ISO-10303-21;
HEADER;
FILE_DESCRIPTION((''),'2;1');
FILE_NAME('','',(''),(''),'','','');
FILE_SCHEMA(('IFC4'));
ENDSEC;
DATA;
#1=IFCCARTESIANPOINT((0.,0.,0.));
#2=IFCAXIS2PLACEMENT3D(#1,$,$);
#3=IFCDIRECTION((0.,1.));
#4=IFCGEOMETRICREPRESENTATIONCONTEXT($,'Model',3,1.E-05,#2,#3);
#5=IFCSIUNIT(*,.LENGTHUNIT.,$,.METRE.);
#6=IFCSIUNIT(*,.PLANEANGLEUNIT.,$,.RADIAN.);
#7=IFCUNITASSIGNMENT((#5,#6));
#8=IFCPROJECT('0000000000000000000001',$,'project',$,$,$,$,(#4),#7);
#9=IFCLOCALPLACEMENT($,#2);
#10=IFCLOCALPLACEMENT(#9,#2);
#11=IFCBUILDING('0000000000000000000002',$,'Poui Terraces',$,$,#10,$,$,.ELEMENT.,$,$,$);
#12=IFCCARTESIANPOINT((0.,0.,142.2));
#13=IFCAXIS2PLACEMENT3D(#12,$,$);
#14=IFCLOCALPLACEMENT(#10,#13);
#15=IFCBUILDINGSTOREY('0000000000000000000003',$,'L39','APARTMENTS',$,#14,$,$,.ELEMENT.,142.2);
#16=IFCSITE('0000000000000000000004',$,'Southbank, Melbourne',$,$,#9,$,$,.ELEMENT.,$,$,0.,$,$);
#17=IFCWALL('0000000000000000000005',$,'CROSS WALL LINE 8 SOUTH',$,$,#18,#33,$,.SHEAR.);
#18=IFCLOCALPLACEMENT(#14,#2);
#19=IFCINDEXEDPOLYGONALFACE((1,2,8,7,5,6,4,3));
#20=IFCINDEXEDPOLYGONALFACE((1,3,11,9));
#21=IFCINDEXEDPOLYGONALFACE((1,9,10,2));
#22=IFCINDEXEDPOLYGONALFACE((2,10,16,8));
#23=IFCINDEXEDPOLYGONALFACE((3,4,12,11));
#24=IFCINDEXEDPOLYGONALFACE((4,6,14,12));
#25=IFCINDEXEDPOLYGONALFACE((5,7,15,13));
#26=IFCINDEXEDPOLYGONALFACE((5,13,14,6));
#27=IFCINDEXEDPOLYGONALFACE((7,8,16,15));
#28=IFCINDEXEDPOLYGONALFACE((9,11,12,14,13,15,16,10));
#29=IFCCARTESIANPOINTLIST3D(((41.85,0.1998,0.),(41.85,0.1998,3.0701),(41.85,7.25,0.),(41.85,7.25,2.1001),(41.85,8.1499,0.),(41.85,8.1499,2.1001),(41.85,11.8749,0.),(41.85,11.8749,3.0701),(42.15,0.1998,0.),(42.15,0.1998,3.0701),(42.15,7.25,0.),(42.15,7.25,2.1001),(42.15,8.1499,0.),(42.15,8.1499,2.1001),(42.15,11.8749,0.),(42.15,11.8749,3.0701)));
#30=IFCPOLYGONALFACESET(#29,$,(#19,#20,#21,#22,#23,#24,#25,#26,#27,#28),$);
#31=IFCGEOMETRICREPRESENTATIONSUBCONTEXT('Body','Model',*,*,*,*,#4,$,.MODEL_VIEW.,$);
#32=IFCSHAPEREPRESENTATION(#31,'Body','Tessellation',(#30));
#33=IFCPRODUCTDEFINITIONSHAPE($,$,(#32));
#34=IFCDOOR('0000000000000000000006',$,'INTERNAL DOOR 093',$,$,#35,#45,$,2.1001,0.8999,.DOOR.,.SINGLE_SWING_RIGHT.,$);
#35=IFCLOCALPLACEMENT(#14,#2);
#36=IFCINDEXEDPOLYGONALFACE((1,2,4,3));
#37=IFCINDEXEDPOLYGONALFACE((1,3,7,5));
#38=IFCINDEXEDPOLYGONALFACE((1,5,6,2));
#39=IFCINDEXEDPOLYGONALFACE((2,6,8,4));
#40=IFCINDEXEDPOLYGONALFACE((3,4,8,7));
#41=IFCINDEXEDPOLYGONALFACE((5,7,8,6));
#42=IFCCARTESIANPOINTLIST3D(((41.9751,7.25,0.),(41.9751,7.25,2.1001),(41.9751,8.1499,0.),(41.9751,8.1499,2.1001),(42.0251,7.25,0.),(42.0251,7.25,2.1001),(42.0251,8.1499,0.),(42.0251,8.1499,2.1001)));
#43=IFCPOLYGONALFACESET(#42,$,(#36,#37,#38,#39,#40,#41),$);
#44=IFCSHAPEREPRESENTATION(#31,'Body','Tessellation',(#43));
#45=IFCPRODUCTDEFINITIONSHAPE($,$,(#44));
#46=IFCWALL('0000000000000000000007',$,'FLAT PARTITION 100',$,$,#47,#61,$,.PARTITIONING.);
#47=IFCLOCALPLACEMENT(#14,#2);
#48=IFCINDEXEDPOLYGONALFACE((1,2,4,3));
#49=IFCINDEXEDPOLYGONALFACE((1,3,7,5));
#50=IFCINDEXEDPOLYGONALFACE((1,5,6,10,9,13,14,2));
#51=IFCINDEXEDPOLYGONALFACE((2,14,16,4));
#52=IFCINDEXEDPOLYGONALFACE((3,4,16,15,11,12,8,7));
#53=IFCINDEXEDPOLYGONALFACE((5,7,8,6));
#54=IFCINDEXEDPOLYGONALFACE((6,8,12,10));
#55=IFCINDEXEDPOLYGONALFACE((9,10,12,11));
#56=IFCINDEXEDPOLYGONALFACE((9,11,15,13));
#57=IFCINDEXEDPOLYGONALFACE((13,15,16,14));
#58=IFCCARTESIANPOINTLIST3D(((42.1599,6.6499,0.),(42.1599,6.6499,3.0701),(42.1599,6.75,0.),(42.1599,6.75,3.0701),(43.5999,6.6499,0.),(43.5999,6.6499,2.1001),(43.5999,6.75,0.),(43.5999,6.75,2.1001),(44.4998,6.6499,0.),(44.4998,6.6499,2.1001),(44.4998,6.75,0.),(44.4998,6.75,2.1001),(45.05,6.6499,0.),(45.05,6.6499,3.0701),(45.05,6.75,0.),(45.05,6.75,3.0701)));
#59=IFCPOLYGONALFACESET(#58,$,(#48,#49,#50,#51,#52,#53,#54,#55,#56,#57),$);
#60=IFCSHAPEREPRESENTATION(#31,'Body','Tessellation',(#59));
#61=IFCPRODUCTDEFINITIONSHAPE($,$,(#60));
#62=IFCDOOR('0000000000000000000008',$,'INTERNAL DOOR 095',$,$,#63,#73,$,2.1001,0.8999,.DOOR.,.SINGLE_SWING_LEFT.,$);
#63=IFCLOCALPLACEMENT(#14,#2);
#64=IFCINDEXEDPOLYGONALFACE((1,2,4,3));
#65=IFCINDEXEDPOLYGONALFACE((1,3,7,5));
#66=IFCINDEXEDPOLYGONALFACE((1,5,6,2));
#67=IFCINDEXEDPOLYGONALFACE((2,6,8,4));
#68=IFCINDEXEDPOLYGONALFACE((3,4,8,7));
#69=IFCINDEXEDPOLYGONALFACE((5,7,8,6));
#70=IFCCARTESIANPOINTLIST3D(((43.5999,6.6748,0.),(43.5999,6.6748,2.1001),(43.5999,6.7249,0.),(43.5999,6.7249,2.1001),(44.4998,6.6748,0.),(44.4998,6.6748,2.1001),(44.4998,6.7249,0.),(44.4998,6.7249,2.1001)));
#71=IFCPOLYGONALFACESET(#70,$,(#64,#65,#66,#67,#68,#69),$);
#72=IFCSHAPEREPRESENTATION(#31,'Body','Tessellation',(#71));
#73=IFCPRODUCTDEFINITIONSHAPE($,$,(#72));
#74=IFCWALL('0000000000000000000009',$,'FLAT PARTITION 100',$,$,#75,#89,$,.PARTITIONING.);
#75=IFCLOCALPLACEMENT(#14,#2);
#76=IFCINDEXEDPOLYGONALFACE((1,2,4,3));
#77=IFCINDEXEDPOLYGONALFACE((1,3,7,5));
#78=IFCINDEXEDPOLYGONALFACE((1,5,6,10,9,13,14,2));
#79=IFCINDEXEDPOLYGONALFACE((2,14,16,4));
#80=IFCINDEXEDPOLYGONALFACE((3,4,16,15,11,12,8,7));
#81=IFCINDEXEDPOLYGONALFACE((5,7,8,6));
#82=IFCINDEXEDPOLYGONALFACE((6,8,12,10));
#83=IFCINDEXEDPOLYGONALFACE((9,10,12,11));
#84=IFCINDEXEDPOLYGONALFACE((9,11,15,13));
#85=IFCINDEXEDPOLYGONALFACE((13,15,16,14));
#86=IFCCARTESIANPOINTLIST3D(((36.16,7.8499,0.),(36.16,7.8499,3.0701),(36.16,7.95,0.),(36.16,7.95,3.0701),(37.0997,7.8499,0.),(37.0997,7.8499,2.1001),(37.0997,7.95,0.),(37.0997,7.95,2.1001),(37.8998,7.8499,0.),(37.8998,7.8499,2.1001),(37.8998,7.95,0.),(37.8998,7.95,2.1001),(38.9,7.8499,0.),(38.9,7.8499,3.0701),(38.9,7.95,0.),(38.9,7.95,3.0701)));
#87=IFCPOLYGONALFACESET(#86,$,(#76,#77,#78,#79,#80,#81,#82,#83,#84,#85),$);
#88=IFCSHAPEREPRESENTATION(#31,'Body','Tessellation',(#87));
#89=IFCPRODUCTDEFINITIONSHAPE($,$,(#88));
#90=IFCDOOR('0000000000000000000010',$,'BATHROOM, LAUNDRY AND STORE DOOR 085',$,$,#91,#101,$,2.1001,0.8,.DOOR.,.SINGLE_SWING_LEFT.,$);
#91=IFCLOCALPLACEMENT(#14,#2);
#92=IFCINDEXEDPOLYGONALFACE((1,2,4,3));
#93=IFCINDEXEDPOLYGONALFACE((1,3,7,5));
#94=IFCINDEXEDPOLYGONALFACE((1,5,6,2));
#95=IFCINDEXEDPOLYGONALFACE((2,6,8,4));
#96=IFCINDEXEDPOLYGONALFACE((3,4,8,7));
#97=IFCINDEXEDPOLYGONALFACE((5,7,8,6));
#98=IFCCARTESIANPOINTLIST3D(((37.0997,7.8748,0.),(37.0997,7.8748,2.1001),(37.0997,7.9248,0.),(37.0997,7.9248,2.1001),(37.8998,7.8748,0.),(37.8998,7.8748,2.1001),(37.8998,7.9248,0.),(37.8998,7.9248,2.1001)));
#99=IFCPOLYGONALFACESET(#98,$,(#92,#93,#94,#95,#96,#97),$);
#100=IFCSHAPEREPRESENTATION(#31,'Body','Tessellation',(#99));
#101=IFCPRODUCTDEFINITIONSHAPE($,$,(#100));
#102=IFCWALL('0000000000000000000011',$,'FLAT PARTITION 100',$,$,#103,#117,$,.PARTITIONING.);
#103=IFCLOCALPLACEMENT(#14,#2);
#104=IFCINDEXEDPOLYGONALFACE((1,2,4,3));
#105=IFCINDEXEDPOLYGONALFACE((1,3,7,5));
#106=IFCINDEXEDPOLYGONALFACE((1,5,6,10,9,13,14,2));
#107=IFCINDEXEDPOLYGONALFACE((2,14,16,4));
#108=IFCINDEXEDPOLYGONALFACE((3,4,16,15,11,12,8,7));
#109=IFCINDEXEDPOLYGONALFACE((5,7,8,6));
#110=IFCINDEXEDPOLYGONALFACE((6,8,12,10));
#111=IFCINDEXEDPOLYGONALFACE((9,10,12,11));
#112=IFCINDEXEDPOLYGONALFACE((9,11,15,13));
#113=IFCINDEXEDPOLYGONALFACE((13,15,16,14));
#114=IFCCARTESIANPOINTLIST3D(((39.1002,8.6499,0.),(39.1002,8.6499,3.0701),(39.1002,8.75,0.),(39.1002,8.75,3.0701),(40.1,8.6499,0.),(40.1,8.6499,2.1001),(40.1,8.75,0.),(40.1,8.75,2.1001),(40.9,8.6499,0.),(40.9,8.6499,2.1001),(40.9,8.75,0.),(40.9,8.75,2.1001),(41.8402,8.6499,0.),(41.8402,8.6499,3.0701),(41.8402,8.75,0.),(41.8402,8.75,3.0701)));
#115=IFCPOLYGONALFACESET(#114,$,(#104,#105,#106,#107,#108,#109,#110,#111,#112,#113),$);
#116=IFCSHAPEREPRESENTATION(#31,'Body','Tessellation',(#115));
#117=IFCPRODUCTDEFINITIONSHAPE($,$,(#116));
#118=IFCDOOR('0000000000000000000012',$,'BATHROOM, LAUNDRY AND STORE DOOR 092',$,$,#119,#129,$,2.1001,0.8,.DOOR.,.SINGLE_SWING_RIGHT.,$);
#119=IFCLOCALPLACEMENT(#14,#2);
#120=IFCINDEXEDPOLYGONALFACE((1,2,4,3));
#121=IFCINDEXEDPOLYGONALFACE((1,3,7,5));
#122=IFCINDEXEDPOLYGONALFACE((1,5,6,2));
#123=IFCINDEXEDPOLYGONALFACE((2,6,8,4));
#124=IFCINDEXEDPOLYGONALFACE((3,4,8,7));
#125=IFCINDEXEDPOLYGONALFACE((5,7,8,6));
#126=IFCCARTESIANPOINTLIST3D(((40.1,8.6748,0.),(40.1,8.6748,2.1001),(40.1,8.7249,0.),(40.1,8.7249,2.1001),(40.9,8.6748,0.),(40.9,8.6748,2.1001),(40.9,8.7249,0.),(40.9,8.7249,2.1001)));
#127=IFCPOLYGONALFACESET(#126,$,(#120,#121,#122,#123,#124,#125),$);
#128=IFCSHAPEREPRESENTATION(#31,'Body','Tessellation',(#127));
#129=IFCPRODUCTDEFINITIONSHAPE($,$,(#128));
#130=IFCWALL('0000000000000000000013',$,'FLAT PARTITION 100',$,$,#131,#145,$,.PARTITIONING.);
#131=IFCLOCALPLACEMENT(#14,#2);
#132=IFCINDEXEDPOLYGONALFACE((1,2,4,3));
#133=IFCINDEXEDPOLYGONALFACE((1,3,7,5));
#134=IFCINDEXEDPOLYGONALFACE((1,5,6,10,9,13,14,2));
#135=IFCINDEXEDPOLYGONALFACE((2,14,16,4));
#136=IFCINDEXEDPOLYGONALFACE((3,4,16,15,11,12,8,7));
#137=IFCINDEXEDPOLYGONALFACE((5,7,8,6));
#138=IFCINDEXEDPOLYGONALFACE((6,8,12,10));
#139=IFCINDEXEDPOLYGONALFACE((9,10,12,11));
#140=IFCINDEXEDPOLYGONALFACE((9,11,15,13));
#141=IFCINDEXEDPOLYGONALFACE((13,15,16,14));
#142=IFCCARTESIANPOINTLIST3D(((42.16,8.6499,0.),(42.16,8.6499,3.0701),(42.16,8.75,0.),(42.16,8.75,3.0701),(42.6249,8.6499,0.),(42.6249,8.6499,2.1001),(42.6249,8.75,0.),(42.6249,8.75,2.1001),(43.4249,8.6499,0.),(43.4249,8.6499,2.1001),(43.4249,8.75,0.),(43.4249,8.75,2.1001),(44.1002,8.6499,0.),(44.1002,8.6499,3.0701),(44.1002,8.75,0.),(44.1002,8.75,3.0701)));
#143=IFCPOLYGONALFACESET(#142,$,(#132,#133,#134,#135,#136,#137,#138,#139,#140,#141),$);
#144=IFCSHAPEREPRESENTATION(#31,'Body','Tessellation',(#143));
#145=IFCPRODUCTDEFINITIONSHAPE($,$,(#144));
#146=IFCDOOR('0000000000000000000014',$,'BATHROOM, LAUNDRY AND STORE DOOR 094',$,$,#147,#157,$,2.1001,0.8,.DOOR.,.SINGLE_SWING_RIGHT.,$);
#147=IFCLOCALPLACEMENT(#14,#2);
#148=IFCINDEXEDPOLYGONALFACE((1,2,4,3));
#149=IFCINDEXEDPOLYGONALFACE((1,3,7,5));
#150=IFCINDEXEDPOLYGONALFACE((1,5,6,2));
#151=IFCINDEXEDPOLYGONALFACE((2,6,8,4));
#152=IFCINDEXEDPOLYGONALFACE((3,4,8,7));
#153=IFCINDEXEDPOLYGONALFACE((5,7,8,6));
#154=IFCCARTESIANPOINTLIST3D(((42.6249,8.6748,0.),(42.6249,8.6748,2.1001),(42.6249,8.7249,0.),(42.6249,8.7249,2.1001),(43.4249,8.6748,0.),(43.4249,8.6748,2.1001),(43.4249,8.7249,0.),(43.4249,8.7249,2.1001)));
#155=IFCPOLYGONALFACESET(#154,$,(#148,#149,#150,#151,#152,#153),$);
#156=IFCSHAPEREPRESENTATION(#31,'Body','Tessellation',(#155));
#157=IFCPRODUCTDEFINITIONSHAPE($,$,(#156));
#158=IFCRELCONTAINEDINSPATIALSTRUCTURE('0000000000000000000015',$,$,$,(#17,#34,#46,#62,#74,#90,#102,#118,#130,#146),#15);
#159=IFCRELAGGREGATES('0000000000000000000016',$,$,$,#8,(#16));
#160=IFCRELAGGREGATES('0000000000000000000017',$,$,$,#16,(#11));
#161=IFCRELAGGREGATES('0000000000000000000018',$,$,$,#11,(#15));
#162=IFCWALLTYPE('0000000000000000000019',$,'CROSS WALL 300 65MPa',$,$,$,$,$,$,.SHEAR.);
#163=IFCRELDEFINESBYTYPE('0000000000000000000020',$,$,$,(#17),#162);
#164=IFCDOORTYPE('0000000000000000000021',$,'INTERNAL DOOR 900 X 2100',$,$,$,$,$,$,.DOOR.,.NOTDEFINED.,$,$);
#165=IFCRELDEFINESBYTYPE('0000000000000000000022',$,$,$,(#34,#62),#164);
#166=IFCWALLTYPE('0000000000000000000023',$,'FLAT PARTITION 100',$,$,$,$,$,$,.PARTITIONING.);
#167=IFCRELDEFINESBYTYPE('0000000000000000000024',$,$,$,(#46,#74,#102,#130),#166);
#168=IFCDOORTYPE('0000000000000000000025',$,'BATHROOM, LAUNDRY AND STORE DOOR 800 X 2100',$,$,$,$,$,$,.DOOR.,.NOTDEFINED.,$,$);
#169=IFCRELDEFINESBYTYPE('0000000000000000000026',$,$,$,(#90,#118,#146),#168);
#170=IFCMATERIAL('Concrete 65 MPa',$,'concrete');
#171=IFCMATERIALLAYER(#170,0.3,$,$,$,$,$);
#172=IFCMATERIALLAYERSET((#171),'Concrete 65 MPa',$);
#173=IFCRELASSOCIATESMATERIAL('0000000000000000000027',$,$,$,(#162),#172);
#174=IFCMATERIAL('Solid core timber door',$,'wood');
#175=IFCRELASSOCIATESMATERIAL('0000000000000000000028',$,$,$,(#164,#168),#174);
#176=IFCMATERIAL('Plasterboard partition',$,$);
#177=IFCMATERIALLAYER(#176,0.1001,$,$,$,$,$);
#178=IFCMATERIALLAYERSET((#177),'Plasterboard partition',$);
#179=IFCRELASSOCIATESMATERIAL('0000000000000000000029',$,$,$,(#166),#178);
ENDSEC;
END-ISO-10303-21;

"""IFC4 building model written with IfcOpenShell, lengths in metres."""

from ifc_helpers import new_model, si_unit, direction, frame, frame_2d, origin, place, context, subcontext, project, spatial, rectangle, extrude, material, layer, layer_set, type_object, element, fill, save


model = new_model("IFC4")

# Units and contexts
model_context = context("Model", 3, precision=1e-05, world=origin(), true_north=direction((0.0, 1.0)))
body_context = subcontext(model_context, "Body", "Model", "MODEL_VIEW")
ifc_project = project(units=[si_unit("LENGTHUNIT", "METRE"), si_unit("PLANEANGLEUNIT", "RADIAN")], contexts=[model_context])

# Site, building, storey
site_placement = place(None, origin())
site = spatial("IfcSite", under=ifc_project, at=site_placement, Name="Southbank, Melbourne", CompositionType="ELEMENT", RefElevation=0.0)
building_placement = place(site_placement, origin())
building = spatial("IfcBuilding", under=site, at=building_placement, Name="Poui Terraces", CompositionType="ELEMENT")
storey_placement = place(building_placement, frame((0.0, 0.0, 142.2)))
storey = spatial("IfcBuildingStorey", under=building, at=storey_placement, Name="L39", Description="APARTMENTS", CompositionType="ELEMENT", Elevation=142.2)

# Walls, openings, doors
ifc_material_1 = material(Name="Concrete 65 MPa", Category="concrete")
ifc_layer_1 = layer(ifc_material_1, 0.3)
ifc_layer_set_1 = layer_set([ifc_layer_1], Name="Concrete 65 MPa")
wall_type_1 = type_object("IfcWallType", Name="CROSS WALL 300 65MPa", PredefinedType="SHEAR", material=ifc_layer_set_1)
wall_1_placement = place(storey_placement, frame((42.0, 0.2, 0.0), z_axis=(0.0, 0.0, 1.0), x_axis=(0.0, 1.0, 0.0)))
wall_1 = element("IfcWall", 1, at=wall_1_placement, inside=storey, type_object=wall_type_1, Name="CROSS WALL LINE 8 SOUTH", PredefinedType="SHEAR", context=body_context, shape_type="SweptSolid", body=[
    extrude(rectangle(XDim=11.675, YDim=0.3, at=frame_2d((5.8374, 0.0))), origin(), (0.0, 0.0, 1.0), 3.0701),
])
opening_1_placement = place(wall_1_placement, frame((7.05, 0.0, 0.0)))
opening_1 = element("IfcOpeningElement", 2, at=opening_1_placement, cuts=wall_1, PredefinedType="OPENING", context=body_context, shape_type="SweptSolid", body=[
    extrude(rectangle(XDim=0.8999, YDim=2.1001, at=frame_2d((0.45, 1.05))), frame((0.0, 0.1602, 0.0), z_axis=(0.0, -1.0, 0.0), x_axis=(1.0, 0.0, 0.0)), (0.0, 0.0, 1.0), 0.3201),
])
ifc_material_2 = material(Name="Solid core timber door", Category="wood")
door_type_1 = type_object("IfcDoorType", Name="INTERNAL DOOR 900 X 2100", OperationType="NOTDEFINED", PredefinedType="DOOR", material=ifc_material_2)
door_1_placement = place(opening_1_placement, origin())
door_1 = element("IfcDoor", 3, at=door_1_placement, inside=storey, type_object=door_type_1, Name="INTERNAL DOOR 093", OperationType="SINGLE_SWING_RIGHT", OverallHeight=2.1001, OverallWidth=0.8999, PredefinedType="DOOR", context=body_context, shape_type="SweptSolid", body=[
    extrude(rectangle(XDim=0.8999, YDim=2.1001, at=frame_2d((0.45, 1.05))), frame((0.0, 0.0249, 0.0), z_axis=(0.0, -1.0, 0.0), x_axis=(1.0, 0.0, 0.0)), (0.0, 0.0, 1.0), 0.05),
])
fill(opening_1, door_1)
ifc_material_3 = material(Name="Plasterboard partition")
ifc_layer_2 = layer(ifc_material_3, 0.1001)
ifc_layer_set_2 = layer_set([ifc_layer_2], Name="Plasterboard partition")
wall_type_2 = type_object("IfcWallType", Name="FLAT PARTITION 100", PredefinedType="PARTITIONING", material=ifc_layer_set_2)
wall_2_placement = place(storey_placement, frame((42.1599, 6.7, 0.0), z_axis=(0.0, 0.0, 1.0), x_axis=(1.0, 0.0, 0.0)))
wall_2 = element("IfcWall", 4, at=wall_2_placement, inside=storey, type_object=wall_type_2, Name="FLAT PARTITION 100", PredefinedType="PARTITIONING", context=body_context, shape_type="SweptSolid", body=[
    extrude(rectangle(XDim=2.8901, YDim=0.1001, at=frame_2d((1.4451, 0.0))), origin(), (0.0, 0.0, 1.0), 3.0701),
])
opening_2_placement = place(wall_2_placement, frame((1.4399, 0.0, 0.0)))
opening_2 = element("IfcOpeningElement", 5, at=opening_2_placement, cuts=wall_2, PredefinedType="OPENING", context=body_context, shape_type="SweptSolid", body=[
    extrude(rectangle(XDim=0.8999, YDim=2.1001, at=frame_2d((0.45, 1.05))), frame((0.0, 0.0601, 0.0), z_axis=(0.0, -1.0, 0.0), x_axis=(1.0, 0.0, 0.0)), (0.0, 0.0, 1.0), 0.1201),
])
door_2_placement = place(opening_2_placement, origin())
door_2 = element("IfcDoor", 6, at=door_2_placement, inside=storey, type_object=door_type_1, Name="INTERNAL DOOR 095", OperationType="SINGLE_SWING_LEFT", OverallHeight=2.1001, OverallWidth=0.8999, PredefinedType="DOOR", context=body_context, shape_type="SweptSolid", body=[
    extrude(rectangle(XDim=0.8999, YDim=2.1001, at=frame_2d((0.45, 1.05))), frame((0.0, 0.0249, 0.0), z_axis=(0.0, -1.0, 0.0), x_axis=(1.0, 0.0, 0.0)), (0.0, 0.0, 1.0), 0.05),
])
fill(opening_2, door_2)
wall_3_placement = place(storey_placement, frame((36.1599, 7.8999, 0.0), z_axis=(0.0, 0.0, 1.0), x_axis=(1.0, 0.0, 0.0)))
wall_3 = element("IfcWall", 7, at=wall_3_placement, inside=storey, type_object=wall_type_2, Name="FLAT PARTITION 100", PredefinedType="PARTITIONING", context=body_context, shape_type="SweptSolid", body=[
    extrude(rectangle(XDim=2.74, YDim=0.1001, at=frame_2d((1.3701, 0.0))), origin(), (0.0, 0.0, 1.0), 3.0701),
])
opening_3_placement = place(wall_3_placement, frame((0.9399, 0.0, 0.0)))
opening_3 = element("IfcOpeningElement", 8, at=opening_3_placement, cuts=wall_3, PredefinedType="OPENING", context=body_context, shape_type="SweptSolid", body=[
    extrude(rectangle(XDim=0.8, YDim=2.1001, at=frame_2d((0.3999, 1.05))), frame((0.0, 0.0601, 0.0), z_axis=(0.0, -1.0, 0.0), x_axis=(1.0, 0.0, 0.0)), (0.0, 0.0, 1.0), 0.1201),
])
door_type_2 = type_object("IfcDoorType", Name="BATHROOM, LAUNDRY AND STORE DOOR 800 X 2100", OperationType="NOTDEFINED", PredefinedType="DOOR", material=ifc_material_2)
door_3_placement = place(opening_3_placement, origin())
door_3 = element("IfcDoor", 9, at=door_3_placement, inside=storey, type_object=door_type_2, Name="BATHROOM, LAUNDRY AND STORE DOOR 085", OperationType="SINGLE_SWING_LEFT", OverallHeight=2.1001, OverallWidth=0.8, PredefinedType="DOOR", context=body_context, shape_type="SweptSolid", body=[
    extrude(rectangle(XDim=0.8, YDim=2.1001, at=frame_2d((0.3999, 1.05))), frame((0.0, 0.0249, 0.0), z_axis=(0.0, -1.0, 0.0), x_axis=(1.0, 0.0, 0.0)), (0.0, 0.0, 1.0), 0.05),
])
fill(opening_3, door_3)
wall_4_placement = place(storey_placement, frame((39.1001, 8.7, 0.0), z_axis=(0.0, 0.0, 1.0), x_axis=(1.0, 0.0, 0.0)))
wall_4 = element("IfcWall", 10, at=wall_4_placement, inside=storey, type_object=wall_type_2, Name="FLAT PARTITION 100", PredefinedType="PARTITIONING", context=body_context, shape_type="SweptSolid", body=[
    extrude(rectangle(XDim=2.74, YDim=0.1001, at=frame_2d((1.3701, 0.0))), origin(), (0.0, 0.0, 1.0), 3.0701),
])
opening_4_placement = place(wall_4_placement, frame((1.0, 0.0, 0.0)))
opening_4 = element("IfcOpeningElement", 11, at=opening_4_placement, cuts=wall_4, PredefinedType="OPENING", context=body_context, shape_type="SweptSolid", body=[
    extrude(rectangle(XDim=0.8, YDim=2.1001, at=frame_2d((0.3999, 1.05))), frame((0.0, 0.0601, 0.0), z_axis=(0.0, -1.0, 0.0), x_axis=(1.0, 0.0, 0.0)), (0.0, 0.0, 1.0), 0.1201),
])
door_4_placement = place(opening_4_placement, origin())
door_4 = element("IfcDoor", 12, at=door_4_placement, inside=storey, type_object=door_type_2, Name="BATHROOM, LAUNDRY AND STORE DOOR 092", OperationType="SINGLE_SWING_RIGHT", OverallHeight=2.1001, OverallWidth=0.8, PredefinedType="DOOR", context=body_context, shape_type="SweptSolid", body=[
    extrude(rectangle(XDim=0.8, YDim=2.1001, at=frame_2d((0.3999, 1.05))), frame((0.0, 0.0249, 0.0), z_axis=(0.0, -1.0, 0.0), x_axis=(1.0, 0.0, 0.0)), (0.0, 0.0, 1.0), 0.05),
])
fill(opening_4, door_4)
wall_5_placement = place(storey_placement, frame((42.1599, 8.7, 0.0), z_axis=(0.0, 0.0, 1.0), x_axis=(1.0, 0.0, 0.0)))
wall_5 = element("IfcWall", 13, at=wall_5_placement, inside=storey, type_object=wall_type_2, Name="FLAT PARTITION 100", PredefinedType="PARTITIONING", context=body_context, shape_type="SweptSolid", body=[
    extrude(rectangle(XDim=1.9402, YDim=0.1001, at=frame_2d((0.9702, 0.0))), origin(), (0.0, 0.0, 1.0), 3.0701),
])
opening_5_placement = place(wall_5_placement, frame((0.4651, 0.0, 0.0)))
opening_5 = element("IfcOpeningElement", 14, at=opening_5_placement, cuts=wall_5, PredefinedType="OPENING", context=body_context, shape_type="SweptSolid", body=[
    extrude(rectangle(XDim=0.8, YDim=2.1001, at=frame_2d((0.3999, 1.05))), frame((0.0, 0.0601, 0.0), z_axis=(0.0, -1.0, 0.0), x_axis=(1.0, 0.0, 0.0)), (0.0, 0.0, 1.0), 0.1201),
])
door_5_placement = place(opening_5_placement, origin())
door_5 = element("IfcDoor", 15, at=door_5_placement, inside=storey, type_object=door_type_2, Name="BATHROOM, LAUNDRY AND STORE DOOR 094", OperationType="SINGLE_SWING_RIGHT", OverallHeight=2.1001, OverallWidth=0.8, PredefinedType="DOOR", context=body_context, shape_type="SweptSolid", body=[
    extrude(rectangle(XDim=0.8, YDim=2.1001, at=frame_2d((0.3999, 1.05))), frame((0.0, 0.0249, 0.0), z_axis=(0.0, -1.0, 0.0), x_axis=(1.0, 0.0, 0.0)), (0.0, 0.0, 1.0), 0.05),
])
fill(opening_5, door_5)

save(model, "model.ifc")
